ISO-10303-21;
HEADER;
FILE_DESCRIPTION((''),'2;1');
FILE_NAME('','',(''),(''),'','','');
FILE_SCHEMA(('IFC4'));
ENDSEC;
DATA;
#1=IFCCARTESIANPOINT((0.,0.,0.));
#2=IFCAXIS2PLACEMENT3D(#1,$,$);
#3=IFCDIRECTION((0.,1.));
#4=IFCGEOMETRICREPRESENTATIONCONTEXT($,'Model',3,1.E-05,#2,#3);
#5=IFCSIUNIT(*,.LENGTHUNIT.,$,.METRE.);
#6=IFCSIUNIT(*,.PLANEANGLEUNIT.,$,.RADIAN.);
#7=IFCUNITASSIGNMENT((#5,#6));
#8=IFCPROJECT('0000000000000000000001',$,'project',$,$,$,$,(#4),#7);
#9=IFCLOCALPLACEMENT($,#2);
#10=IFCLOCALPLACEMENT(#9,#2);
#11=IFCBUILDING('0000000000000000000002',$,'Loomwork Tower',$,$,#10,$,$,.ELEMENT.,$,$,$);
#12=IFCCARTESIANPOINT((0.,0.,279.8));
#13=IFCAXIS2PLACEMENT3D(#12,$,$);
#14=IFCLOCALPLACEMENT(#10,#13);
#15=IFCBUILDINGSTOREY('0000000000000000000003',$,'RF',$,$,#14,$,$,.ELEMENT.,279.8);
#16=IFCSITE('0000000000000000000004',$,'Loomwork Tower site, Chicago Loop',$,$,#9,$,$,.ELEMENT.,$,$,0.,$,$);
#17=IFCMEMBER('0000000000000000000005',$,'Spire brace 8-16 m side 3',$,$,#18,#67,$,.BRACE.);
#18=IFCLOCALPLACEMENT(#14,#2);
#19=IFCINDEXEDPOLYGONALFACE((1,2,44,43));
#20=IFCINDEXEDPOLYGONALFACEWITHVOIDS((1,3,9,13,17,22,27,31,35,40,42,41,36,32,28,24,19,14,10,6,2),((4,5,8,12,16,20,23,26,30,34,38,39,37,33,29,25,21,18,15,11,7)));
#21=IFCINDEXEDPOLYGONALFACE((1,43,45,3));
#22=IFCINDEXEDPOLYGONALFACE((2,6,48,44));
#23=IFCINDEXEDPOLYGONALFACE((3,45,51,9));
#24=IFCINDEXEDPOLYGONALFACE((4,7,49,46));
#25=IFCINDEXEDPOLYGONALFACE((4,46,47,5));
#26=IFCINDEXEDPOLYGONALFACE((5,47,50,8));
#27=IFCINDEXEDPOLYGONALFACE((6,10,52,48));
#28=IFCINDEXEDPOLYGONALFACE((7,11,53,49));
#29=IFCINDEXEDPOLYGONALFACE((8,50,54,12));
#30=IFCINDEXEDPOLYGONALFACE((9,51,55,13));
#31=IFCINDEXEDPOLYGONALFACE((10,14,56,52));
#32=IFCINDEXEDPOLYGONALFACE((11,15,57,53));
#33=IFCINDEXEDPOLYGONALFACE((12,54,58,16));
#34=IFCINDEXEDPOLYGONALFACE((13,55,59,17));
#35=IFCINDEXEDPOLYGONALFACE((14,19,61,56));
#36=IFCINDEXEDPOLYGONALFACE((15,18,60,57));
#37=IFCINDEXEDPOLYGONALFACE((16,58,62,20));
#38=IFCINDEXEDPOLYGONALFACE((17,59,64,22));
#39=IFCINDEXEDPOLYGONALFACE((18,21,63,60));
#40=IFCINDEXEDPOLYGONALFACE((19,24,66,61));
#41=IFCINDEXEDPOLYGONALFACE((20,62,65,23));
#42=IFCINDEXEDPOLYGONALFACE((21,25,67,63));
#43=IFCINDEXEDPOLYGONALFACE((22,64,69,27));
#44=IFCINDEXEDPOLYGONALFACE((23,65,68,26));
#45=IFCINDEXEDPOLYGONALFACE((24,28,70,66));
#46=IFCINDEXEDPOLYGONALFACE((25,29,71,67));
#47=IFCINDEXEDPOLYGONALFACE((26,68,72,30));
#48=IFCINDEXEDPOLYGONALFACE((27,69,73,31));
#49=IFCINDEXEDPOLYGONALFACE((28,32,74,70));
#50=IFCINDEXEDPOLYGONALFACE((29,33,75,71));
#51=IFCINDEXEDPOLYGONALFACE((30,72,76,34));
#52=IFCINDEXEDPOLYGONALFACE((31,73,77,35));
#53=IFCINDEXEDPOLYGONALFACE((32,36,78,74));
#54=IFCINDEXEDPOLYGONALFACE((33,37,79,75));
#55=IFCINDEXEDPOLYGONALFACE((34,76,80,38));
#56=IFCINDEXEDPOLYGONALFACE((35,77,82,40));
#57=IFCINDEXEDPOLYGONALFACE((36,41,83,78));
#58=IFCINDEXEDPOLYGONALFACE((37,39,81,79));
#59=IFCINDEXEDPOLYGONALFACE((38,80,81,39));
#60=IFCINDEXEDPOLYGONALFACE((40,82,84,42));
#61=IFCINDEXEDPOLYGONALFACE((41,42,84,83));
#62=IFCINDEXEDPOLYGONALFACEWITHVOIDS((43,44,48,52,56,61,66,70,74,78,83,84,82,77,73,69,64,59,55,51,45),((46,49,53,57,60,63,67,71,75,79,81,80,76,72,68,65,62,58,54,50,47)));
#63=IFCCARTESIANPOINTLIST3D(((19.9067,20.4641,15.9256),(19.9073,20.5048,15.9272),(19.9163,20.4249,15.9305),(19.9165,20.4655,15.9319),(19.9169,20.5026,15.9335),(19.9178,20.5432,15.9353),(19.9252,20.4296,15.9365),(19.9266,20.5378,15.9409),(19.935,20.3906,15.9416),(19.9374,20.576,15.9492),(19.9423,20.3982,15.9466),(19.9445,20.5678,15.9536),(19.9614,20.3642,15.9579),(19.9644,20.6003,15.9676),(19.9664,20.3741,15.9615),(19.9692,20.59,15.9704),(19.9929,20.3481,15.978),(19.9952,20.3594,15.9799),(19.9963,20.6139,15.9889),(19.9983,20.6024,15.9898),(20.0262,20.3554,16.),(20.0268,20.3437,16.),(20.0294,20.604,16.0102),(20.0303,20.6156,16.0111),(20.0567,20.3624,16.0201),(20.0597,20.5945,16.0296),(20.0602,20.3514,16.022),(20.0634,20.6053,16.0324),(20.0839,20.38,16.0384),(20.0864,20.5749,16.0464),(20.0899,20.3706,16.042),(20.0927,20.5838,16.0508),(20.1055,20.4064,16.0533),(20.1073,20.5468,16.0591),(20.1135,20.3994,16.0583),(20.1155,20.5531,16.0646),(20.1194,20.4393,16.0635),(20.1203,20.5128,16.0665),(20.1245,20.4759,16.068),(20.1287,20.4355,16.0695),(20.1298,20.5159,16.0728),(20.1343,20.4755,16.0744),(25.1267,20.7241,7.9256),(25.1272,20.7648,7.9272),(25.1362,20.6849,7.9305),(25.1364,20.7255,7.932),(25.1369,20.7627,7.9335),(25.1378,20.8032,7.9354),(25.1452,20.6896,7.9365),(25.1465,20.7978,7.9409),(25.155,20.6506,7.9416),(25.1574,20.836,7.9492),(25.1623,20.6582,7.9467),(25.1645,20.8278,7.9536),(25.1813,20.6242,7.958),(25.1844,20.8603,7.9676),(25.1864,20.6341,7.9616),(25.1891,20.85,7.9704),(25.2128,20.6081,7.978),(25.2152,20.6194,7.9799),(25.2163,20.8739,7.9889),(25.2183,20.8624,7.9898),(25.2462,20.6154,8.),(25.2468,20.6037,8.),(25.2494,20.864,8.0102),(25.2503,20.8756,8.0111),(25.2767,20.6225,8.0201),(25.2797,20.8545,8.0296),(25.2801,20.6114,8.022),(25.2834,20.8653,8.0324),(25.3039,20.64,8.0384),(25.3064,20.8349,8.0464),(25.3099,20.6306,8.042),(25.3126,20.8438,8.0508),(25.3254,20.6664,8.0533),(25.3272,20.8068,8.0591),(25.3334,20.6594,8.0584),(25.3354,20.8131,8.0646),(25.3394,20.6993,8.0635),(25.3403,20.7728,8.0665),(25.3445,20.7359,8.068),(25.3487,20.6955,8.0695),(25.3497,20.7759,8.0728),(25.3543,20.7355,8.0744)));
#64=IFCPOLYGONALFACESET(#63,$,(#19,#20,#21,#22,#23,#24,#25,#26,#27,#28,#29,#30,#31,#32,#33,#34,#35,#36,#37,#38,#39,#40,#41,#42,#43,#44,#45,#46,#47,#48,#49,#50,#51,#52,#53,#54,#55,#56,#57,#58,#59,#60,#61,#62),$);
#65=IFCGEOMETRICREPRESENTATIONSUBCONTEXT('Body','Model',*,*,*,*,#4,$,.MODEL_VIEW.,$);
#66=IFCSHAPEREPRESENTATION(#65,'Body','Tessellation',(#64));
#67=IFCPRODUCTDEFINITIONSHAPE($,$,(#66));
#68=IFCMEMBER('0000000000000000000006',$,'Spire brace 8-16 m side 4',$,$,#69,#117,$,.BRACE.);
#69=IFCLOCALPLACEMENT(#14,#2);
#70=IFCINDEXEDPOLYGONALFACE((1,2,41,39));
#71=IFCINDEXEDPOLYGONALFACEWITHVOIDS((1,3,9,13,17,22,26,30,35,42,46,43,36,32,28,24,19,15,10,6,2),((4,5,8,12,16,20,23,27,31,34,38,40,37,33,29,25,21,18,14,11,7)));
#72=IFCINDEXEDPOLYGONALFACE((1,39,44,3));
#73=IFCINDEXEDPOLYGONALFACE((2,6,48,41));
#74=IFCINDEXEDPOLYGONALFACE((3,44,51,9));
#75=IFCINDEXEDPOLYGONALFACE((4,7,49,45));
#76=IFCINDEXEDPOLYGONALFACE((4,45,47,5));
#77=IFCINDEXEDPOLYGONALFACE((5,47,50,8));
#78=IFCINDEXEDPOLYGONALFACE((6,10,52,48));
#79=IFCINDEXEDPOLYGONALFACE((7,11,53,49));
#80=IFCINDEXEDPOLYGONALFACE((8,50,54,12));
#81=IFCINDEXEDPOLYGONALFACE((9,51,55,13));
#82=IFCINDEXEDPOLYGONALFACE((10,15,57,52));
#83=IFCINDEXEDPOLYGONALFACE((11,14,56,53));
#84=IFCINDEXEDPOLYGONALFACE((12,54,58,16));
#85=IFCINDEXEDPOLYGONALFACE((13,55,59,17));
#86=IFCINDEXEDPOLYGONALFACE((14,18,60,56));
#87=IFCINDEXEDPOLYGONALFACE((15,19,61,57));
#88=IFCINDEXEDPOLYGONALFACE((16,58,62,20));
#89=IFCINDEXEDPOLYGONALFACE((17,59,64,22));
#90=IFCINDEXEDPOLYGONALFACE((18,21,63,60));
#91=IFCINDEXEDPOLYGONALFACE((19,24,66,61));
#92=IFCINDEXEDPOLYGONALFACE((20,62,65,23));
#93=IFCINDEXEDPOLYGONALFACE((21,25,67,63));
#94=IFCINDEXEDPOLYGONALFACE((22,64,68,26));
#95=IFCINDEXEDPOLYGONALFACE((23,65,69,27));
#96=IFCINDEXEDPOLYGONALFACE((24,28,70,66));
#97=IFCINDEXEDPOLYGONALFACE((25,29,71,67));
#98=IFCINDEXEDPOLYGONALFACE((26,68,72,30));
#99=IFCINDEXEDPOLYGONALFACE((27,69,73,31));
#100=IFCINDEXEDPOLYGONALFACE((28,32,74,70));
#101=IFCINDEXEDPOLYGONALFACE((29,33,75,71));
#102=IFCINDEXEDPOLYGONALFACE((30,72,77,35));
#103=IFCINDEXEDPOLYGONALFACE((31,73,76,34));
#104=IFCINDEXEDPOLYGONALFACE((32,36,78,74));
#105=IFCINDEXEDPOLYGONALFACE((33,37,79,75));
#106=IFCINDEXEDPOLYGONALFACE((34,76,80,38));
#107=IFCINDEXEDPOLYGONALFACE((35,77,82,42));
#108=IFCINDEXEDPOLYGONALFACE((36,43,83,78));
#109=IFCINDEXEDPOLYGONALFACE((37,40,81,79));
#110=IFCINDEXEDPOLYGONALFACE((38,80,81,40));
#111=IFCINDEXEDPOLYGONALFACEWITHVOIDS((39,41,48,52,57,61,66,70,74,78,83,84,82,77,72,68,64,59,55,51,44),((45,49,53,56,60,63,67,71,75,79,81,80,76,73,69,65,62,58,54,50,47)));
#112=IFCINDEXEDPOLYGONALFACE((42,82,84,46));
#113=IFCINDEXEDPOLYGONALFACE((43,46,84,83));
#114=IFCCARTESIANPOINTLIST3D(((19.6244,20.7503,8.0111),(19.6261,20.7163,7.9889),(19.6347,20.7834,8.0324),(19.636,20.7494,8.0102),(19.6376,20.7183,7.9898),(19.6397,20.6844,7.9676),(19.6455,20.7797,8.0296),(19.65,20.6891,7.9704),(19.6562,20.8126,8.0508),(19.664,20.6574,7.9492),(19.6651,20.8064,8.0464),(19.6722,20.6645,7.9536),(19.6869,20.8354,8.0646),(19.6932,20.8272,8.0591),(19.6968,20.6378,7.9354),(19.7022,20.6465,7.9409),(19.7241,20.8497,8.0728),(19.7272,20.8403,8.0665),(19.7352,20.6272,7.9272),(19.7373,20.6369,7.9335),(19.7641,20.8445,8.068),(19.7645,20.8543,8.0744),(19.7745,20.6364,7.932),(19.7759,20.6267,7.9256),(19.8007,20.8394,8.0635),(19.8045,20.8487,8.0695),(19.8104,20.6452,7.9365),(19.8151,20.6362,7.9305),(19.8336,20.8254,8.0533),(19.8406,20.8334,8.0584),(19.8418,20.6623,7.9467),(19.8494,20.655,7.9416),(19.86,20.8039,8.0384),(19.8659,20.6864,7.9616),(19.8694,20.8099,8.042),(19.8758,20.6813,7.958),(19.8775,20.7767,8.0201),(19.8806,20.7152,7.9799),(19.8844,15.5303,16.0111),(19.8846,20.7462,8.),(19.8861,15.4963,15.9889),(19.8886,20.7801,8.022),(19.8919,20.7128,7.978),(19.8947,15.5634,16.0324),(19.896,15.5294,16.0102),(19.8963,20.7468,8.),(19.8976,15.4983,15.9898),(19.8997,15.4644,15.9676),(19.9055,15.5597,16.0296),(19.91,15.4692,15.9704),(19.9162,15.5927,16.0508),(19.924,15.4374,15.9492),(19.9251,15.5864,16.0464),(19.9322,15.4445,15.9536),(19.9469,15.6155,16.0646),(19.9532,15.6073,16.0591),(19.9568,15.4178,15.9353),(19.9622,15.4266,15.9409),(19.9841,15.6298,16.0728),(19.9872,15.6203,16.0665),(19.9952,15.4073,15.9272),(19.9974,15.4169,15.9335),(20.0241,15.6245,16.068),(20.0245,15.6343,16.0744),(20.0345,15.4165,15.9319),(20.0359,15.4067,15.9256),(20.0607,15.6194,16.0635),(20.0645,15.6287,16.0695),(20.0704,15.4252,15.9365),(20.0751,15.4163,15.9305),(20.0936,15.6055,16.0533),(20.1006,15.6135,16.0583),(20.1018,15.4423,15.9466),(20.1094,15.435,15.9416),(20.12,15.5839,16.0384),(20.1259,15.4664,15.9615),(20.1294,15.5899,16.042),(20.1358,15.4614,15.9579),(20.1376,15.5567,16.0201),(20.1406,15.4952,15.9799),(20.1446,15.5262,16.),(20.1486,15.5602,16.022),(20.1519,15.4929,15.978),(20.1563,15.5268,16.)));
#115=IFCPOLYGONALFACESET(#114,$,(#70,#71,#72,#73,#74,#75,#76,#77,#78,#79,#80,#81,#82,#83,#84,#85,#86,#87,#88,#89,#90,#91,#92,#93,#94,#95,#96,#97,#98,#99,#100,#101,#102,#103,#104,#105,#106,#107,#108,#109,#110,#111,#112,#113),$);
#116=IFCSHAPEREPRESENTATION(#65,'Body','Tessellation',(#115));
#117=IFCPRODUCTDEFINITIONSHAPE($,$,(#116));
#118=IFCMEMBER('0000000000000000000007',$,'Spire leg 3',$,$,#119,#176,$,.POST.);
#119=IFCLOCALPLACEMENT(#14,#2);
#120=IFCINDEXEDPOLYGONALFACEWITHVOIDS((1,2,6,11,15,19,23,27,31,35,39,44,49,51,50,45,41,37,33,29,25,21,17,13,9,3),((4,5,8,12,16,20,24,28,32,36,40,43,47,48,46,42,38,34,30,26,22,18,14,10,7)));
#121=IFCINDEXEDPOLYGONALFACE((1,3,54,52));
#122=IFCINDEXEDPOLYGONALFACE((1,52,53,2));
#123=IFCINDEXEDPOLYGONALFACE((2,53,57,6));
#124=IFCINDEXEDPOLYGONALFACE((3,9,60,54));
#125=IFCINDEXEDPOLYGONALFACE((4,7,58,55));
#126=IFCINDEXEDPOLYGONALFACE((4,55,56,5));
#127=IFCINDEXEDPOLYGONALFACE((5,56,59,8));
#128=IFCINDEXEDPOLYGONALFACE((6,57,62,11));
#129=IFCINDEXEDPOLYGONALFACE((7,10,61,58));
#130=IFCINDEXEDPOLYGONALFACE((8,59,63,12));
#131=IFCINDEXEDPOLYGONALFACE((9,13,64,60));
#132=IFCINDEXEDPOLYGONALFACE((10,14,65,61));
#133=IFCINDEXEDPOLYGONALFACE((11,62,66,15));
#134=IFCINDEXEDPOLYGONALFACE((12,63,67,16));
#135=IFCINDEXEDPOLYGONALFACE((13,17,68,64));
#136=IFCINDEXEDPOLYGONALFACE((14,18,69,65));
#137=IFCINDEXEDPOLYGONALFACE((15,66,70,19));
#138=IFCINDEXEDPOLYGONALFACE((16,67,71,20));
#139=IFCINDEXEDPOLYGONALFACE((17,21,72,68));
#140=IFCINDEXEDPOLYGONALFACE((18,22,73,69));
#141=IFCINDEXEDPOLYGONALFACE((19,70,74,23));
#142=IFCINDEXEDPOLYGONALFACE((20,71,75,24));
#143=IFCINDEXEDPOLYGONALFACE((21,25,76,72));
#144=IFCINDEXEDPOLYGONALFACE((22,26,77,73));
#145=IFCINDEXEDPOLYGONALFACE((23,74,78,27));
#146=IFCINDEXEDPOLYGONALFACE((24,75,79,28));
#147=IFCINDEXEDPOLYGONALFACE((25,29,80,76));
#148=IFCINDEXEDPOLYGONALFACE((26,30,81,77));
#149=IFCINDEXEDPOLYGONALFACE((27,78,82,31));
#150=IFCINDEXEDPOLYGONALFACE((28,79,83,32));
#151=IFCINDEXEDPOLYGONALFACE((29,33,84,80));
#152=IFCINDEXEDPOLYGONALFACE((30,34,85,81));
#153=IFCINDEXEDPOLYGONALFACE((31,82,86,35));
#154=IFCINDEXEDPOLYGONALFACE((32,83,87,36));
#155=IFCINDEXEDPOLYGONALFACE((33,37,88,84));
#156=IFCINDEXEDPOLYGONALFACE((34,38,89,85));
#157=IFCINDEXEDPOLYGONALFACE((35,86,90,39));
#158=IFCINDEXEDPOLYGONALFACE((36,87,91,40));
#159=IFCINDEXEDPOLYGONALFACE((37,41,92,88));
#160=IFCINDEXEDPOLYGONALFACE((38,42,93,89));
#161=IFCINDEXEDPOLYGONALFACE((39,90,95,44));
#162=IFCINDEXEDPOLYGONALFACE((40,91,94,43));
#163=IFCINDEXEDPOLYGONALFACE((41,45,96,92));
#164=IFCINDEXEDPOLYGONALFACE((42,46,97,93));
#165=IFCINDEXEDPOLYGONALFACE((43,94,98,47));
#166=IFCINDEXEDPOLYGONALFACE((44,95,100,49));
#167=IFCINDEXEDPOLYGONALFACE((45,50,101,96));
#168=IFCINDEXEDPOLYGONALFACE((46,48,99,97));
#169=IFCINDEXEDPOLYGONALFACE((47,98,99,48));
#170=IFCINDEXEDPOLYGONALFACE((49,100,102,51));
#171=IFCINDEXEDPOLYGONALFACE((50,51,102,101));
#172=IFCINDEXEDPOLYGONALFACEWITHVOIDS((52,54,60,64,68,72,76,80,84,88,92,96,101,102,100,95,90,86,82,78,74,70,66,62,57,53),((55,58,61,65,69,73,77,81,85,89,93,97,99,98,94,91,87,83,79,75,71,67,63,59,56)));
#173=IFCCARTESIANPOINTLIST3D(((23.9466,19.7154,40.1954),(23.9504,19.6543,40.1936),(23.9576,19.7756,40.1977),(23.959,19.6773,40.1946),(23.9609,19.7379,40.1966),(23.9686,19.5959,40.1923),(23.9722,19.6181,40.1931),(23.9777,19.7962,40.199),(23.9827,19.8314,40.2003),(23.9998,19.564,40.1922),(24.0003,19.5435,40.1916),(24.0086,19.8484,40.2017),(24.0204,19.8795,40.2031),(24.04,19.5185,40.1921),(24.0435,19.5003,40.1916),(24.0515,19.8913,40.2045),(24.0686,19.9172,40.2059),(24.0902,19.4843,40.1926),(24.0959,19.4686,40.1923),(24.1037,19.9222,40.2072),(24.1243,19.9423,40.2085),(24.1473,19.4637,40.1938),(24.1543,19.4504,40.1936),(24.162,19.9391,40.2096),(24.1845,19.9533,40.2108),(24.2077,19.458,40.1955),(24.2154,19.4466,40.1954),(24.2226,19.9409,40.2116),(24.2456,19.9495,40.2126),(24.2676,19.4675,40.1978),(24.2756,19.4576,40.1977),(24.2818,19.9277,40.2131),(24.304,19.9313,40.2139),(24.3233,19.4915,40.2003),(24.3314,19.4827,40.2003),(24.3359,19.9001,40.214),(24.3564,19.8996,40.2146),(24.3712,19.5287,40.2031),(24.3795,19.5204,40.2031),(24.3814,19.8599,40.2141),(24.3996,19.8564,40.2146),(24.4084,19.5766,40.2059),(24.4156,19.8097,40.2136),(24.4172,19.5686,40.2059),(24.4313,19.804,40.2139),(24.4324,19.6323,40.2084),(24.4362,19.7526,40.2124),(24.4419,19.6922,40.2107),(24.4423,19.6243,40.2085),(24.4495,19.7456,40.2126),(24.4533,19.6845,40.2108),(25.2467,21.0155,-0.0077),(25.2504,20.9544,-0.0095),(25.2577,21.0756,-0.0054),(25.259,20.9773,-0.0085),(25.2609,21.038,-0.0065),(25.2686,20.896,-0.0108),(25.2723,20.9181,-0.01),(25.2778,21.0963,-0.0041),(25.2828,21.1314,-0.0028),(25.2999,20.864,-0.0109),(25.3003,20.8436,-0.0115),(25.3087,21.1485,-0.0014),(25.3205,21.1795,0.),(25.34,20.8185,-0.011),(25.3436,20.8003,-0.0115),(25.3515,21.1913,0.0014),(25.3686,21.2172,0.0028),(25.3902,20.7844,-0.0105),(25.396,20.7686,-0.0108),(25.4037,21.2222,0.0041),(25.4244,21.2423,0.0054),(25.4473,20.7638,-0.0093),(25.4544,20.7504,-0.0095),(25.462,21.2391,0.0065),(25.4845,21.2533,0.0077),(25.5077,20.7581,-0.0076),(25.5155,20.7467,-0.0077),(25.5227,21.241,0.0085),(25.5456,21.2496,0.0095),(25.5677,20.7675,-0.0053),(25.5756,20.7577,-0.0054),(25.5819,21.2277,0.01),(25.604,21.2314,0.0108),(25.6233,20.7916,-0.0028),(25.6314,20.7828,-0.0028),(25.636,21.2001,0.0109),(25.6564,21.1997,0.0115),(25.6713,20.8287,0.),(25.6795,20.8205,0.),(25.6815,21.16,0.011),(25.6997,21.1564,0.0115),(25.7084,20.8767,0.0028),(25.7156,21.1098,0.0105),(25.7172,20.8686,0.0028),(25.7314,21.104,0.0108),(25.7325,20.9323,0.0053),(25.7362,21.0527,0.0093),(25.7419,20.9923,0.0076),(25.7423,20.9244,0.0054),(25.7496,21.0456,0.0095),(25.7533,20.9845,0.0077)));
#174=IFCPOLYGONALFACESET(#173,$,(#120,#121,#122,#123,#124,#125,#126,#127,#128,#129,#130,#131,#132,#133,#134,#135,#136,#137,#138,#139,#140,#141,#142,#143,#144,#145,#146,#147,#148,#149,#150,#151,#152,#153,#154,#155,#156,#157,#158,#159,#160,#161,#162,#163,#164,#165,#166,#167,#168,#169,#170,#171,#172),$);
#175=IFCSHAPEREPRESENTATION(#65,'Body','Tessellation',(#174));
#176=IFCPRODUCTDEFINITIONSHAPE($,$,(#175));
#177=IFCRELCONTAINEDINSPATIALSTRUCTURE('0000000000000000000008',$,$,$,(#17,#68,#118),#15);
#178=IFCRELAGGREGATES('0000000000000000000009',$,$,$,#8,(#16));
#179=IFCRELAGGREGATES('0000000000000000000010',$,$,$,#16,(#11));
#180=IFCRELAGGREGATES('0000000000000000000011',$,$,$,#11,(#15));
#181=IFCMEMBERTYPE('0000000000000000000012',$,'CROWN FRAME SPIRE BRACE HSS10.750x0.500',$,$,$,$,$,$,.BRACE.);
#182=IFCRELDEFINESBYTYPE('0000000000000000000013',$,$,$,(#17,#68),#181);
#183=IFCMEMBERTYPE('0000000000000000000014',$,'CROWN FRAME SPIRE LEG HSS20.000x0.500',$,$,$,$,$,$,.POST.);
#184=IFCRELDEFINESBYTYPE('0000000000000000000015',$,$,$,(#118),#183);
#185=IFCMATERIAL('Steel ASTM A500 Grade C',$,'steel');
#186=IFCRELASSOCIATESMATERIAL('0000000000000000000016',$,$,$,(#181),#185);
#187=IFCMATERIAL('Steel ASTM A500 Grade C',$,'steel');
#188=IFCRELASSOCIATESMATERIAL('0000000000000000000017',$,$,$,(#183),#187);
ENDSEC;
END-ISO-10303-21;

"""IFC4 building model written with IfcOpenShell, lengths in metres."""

from ifc_helpers import new_model, si_unit, direction, frame, origin, origin_2d, place, context, subcontext, project, spatial, hollow_circle, extrude, material, material_profile, profile_set, type_object, element, save


model = new_model("IFC4")

# Units and contexts
model_context = context("Model", 3, precision=1e-05, world=origin(), true_north=direction((0.0, 1.0)))
body_context = subcontext(model_context, "Body", "Model", "MODEL_VIEW")
ifc_project = project(units=[si_unit("LENGTHUNIT", "METRE"), si_unit("PLANEANGLEUNIT", "RADIAN")], contexts=[model_context])

# Site, building, storey
site_placement = place(None, origin())
site = spatial("IfcSite", under=ifc_project, at=site_placement, Name="Loomwork Tower site, Chicago Loop", CompositionType="ELEMENT", RefElevation=0.0)
building_placement = place(site_placement, origin())
building = spatial("IfcBuilding", under=site, at=building_placement, Name="Loomwork Tower", CompositionType="ELEMENT")
storey_placement = place(building_placement, frame((0.0, 0.0, 279.8)))
storey = spatial("IfcBuildingStorey", under=building, at=storey_placement, Name="RF", CompositionType="ELEMENT", Elevation=279.8)

# Members
ifc_material_1 = material(Name="Steel ASTM A500 Grade C", Category="steel")
ifc_material_profile_1 = material_profile(ifc_material_1, hollow_circle(Radius=0.1365, WallThickness=0.0117, at=origin_2d()), Name="HSS10.750x0.500")
ifc_profile_set_1 = profile_set([ifc_material_profile_1], Name="Steel ASTM A500 Grade C")
member_type_1 = type_object("IfcMemberType", Name="CROWN FRAME SPIRE BRACE HSS10.750x0.500", PredefinedType="BRACE", material=ifc_profile_set_1)
for number, where, z_axis, x_axis, name in (
    (1, (25.24, 20.74, 8.0), (-0.546255, -0.027209, 0.837177), (0.049749, -0.998762, 0.0), "Spire brace 8-16 m side 3"),
    (2, (19.76, 20.74, 8.0), (0.027209, -0.546255, 0.837177), (0.998762, 0.049749, 0.0), "Spire brace 8-16 m side 4"),
):
    element("IfcMember", number, at=place(storey_placement, frame(where, z_axis=z_axis, x_axis=x_axis)), inside=storey, type_object=member_type_1, Name=name, PredefinedType="BRACE", context=body_context, shape_type="SweptSolid", body=[
        extrude(hollow_circle(Radius=0.1365, WallThickness=0.0117, at=origin_2d()), origin(), (0.0, 0.0, 1.0), 9.5559),
    ])
ifc_material_2 = material(Name="Steel ASTM A500 Grade C", Category="steel")
ifc_material_profile_2 = material_profile(ifc_material_2, hollow_circle(Radius=0.2539, WallThickness=0.0117, at=origin_2d()), Name="HSS20.000x0.500")
ifc_profile_set_2 = profile_set([ifc_material_profile_2], Name="Steel ASTM A500 Grade C")
member_type_2 = type_object("IfcMemberType", Name="CROWN FRAME SPIRE LEG HSS20.000x0.500", PredefinedType="POST", material=ifc_profile_set_2)
member_1_placement = place(storey_placement, frame((25.5, 21.0, 0.0), z_axis=(-0.032303, -0.032303, 0.998956), x_axis=(0.707107, -0.707107, 0.0)))
element("IfcMember", 3, at=member_1_placement, inside=storey, type_object=member_type_2, Name="Spire leg 3", PredefinedType="POST", context=body_context, shape_type="SweptSolid", body=[
    extrude(hollow_circle(Radius=0.2539, WallThickness=0.0117, at=origin_2d()), origin(), (0.0, 0.0, 1.0), 40.2451),
])

save(model, "model.ifc")
